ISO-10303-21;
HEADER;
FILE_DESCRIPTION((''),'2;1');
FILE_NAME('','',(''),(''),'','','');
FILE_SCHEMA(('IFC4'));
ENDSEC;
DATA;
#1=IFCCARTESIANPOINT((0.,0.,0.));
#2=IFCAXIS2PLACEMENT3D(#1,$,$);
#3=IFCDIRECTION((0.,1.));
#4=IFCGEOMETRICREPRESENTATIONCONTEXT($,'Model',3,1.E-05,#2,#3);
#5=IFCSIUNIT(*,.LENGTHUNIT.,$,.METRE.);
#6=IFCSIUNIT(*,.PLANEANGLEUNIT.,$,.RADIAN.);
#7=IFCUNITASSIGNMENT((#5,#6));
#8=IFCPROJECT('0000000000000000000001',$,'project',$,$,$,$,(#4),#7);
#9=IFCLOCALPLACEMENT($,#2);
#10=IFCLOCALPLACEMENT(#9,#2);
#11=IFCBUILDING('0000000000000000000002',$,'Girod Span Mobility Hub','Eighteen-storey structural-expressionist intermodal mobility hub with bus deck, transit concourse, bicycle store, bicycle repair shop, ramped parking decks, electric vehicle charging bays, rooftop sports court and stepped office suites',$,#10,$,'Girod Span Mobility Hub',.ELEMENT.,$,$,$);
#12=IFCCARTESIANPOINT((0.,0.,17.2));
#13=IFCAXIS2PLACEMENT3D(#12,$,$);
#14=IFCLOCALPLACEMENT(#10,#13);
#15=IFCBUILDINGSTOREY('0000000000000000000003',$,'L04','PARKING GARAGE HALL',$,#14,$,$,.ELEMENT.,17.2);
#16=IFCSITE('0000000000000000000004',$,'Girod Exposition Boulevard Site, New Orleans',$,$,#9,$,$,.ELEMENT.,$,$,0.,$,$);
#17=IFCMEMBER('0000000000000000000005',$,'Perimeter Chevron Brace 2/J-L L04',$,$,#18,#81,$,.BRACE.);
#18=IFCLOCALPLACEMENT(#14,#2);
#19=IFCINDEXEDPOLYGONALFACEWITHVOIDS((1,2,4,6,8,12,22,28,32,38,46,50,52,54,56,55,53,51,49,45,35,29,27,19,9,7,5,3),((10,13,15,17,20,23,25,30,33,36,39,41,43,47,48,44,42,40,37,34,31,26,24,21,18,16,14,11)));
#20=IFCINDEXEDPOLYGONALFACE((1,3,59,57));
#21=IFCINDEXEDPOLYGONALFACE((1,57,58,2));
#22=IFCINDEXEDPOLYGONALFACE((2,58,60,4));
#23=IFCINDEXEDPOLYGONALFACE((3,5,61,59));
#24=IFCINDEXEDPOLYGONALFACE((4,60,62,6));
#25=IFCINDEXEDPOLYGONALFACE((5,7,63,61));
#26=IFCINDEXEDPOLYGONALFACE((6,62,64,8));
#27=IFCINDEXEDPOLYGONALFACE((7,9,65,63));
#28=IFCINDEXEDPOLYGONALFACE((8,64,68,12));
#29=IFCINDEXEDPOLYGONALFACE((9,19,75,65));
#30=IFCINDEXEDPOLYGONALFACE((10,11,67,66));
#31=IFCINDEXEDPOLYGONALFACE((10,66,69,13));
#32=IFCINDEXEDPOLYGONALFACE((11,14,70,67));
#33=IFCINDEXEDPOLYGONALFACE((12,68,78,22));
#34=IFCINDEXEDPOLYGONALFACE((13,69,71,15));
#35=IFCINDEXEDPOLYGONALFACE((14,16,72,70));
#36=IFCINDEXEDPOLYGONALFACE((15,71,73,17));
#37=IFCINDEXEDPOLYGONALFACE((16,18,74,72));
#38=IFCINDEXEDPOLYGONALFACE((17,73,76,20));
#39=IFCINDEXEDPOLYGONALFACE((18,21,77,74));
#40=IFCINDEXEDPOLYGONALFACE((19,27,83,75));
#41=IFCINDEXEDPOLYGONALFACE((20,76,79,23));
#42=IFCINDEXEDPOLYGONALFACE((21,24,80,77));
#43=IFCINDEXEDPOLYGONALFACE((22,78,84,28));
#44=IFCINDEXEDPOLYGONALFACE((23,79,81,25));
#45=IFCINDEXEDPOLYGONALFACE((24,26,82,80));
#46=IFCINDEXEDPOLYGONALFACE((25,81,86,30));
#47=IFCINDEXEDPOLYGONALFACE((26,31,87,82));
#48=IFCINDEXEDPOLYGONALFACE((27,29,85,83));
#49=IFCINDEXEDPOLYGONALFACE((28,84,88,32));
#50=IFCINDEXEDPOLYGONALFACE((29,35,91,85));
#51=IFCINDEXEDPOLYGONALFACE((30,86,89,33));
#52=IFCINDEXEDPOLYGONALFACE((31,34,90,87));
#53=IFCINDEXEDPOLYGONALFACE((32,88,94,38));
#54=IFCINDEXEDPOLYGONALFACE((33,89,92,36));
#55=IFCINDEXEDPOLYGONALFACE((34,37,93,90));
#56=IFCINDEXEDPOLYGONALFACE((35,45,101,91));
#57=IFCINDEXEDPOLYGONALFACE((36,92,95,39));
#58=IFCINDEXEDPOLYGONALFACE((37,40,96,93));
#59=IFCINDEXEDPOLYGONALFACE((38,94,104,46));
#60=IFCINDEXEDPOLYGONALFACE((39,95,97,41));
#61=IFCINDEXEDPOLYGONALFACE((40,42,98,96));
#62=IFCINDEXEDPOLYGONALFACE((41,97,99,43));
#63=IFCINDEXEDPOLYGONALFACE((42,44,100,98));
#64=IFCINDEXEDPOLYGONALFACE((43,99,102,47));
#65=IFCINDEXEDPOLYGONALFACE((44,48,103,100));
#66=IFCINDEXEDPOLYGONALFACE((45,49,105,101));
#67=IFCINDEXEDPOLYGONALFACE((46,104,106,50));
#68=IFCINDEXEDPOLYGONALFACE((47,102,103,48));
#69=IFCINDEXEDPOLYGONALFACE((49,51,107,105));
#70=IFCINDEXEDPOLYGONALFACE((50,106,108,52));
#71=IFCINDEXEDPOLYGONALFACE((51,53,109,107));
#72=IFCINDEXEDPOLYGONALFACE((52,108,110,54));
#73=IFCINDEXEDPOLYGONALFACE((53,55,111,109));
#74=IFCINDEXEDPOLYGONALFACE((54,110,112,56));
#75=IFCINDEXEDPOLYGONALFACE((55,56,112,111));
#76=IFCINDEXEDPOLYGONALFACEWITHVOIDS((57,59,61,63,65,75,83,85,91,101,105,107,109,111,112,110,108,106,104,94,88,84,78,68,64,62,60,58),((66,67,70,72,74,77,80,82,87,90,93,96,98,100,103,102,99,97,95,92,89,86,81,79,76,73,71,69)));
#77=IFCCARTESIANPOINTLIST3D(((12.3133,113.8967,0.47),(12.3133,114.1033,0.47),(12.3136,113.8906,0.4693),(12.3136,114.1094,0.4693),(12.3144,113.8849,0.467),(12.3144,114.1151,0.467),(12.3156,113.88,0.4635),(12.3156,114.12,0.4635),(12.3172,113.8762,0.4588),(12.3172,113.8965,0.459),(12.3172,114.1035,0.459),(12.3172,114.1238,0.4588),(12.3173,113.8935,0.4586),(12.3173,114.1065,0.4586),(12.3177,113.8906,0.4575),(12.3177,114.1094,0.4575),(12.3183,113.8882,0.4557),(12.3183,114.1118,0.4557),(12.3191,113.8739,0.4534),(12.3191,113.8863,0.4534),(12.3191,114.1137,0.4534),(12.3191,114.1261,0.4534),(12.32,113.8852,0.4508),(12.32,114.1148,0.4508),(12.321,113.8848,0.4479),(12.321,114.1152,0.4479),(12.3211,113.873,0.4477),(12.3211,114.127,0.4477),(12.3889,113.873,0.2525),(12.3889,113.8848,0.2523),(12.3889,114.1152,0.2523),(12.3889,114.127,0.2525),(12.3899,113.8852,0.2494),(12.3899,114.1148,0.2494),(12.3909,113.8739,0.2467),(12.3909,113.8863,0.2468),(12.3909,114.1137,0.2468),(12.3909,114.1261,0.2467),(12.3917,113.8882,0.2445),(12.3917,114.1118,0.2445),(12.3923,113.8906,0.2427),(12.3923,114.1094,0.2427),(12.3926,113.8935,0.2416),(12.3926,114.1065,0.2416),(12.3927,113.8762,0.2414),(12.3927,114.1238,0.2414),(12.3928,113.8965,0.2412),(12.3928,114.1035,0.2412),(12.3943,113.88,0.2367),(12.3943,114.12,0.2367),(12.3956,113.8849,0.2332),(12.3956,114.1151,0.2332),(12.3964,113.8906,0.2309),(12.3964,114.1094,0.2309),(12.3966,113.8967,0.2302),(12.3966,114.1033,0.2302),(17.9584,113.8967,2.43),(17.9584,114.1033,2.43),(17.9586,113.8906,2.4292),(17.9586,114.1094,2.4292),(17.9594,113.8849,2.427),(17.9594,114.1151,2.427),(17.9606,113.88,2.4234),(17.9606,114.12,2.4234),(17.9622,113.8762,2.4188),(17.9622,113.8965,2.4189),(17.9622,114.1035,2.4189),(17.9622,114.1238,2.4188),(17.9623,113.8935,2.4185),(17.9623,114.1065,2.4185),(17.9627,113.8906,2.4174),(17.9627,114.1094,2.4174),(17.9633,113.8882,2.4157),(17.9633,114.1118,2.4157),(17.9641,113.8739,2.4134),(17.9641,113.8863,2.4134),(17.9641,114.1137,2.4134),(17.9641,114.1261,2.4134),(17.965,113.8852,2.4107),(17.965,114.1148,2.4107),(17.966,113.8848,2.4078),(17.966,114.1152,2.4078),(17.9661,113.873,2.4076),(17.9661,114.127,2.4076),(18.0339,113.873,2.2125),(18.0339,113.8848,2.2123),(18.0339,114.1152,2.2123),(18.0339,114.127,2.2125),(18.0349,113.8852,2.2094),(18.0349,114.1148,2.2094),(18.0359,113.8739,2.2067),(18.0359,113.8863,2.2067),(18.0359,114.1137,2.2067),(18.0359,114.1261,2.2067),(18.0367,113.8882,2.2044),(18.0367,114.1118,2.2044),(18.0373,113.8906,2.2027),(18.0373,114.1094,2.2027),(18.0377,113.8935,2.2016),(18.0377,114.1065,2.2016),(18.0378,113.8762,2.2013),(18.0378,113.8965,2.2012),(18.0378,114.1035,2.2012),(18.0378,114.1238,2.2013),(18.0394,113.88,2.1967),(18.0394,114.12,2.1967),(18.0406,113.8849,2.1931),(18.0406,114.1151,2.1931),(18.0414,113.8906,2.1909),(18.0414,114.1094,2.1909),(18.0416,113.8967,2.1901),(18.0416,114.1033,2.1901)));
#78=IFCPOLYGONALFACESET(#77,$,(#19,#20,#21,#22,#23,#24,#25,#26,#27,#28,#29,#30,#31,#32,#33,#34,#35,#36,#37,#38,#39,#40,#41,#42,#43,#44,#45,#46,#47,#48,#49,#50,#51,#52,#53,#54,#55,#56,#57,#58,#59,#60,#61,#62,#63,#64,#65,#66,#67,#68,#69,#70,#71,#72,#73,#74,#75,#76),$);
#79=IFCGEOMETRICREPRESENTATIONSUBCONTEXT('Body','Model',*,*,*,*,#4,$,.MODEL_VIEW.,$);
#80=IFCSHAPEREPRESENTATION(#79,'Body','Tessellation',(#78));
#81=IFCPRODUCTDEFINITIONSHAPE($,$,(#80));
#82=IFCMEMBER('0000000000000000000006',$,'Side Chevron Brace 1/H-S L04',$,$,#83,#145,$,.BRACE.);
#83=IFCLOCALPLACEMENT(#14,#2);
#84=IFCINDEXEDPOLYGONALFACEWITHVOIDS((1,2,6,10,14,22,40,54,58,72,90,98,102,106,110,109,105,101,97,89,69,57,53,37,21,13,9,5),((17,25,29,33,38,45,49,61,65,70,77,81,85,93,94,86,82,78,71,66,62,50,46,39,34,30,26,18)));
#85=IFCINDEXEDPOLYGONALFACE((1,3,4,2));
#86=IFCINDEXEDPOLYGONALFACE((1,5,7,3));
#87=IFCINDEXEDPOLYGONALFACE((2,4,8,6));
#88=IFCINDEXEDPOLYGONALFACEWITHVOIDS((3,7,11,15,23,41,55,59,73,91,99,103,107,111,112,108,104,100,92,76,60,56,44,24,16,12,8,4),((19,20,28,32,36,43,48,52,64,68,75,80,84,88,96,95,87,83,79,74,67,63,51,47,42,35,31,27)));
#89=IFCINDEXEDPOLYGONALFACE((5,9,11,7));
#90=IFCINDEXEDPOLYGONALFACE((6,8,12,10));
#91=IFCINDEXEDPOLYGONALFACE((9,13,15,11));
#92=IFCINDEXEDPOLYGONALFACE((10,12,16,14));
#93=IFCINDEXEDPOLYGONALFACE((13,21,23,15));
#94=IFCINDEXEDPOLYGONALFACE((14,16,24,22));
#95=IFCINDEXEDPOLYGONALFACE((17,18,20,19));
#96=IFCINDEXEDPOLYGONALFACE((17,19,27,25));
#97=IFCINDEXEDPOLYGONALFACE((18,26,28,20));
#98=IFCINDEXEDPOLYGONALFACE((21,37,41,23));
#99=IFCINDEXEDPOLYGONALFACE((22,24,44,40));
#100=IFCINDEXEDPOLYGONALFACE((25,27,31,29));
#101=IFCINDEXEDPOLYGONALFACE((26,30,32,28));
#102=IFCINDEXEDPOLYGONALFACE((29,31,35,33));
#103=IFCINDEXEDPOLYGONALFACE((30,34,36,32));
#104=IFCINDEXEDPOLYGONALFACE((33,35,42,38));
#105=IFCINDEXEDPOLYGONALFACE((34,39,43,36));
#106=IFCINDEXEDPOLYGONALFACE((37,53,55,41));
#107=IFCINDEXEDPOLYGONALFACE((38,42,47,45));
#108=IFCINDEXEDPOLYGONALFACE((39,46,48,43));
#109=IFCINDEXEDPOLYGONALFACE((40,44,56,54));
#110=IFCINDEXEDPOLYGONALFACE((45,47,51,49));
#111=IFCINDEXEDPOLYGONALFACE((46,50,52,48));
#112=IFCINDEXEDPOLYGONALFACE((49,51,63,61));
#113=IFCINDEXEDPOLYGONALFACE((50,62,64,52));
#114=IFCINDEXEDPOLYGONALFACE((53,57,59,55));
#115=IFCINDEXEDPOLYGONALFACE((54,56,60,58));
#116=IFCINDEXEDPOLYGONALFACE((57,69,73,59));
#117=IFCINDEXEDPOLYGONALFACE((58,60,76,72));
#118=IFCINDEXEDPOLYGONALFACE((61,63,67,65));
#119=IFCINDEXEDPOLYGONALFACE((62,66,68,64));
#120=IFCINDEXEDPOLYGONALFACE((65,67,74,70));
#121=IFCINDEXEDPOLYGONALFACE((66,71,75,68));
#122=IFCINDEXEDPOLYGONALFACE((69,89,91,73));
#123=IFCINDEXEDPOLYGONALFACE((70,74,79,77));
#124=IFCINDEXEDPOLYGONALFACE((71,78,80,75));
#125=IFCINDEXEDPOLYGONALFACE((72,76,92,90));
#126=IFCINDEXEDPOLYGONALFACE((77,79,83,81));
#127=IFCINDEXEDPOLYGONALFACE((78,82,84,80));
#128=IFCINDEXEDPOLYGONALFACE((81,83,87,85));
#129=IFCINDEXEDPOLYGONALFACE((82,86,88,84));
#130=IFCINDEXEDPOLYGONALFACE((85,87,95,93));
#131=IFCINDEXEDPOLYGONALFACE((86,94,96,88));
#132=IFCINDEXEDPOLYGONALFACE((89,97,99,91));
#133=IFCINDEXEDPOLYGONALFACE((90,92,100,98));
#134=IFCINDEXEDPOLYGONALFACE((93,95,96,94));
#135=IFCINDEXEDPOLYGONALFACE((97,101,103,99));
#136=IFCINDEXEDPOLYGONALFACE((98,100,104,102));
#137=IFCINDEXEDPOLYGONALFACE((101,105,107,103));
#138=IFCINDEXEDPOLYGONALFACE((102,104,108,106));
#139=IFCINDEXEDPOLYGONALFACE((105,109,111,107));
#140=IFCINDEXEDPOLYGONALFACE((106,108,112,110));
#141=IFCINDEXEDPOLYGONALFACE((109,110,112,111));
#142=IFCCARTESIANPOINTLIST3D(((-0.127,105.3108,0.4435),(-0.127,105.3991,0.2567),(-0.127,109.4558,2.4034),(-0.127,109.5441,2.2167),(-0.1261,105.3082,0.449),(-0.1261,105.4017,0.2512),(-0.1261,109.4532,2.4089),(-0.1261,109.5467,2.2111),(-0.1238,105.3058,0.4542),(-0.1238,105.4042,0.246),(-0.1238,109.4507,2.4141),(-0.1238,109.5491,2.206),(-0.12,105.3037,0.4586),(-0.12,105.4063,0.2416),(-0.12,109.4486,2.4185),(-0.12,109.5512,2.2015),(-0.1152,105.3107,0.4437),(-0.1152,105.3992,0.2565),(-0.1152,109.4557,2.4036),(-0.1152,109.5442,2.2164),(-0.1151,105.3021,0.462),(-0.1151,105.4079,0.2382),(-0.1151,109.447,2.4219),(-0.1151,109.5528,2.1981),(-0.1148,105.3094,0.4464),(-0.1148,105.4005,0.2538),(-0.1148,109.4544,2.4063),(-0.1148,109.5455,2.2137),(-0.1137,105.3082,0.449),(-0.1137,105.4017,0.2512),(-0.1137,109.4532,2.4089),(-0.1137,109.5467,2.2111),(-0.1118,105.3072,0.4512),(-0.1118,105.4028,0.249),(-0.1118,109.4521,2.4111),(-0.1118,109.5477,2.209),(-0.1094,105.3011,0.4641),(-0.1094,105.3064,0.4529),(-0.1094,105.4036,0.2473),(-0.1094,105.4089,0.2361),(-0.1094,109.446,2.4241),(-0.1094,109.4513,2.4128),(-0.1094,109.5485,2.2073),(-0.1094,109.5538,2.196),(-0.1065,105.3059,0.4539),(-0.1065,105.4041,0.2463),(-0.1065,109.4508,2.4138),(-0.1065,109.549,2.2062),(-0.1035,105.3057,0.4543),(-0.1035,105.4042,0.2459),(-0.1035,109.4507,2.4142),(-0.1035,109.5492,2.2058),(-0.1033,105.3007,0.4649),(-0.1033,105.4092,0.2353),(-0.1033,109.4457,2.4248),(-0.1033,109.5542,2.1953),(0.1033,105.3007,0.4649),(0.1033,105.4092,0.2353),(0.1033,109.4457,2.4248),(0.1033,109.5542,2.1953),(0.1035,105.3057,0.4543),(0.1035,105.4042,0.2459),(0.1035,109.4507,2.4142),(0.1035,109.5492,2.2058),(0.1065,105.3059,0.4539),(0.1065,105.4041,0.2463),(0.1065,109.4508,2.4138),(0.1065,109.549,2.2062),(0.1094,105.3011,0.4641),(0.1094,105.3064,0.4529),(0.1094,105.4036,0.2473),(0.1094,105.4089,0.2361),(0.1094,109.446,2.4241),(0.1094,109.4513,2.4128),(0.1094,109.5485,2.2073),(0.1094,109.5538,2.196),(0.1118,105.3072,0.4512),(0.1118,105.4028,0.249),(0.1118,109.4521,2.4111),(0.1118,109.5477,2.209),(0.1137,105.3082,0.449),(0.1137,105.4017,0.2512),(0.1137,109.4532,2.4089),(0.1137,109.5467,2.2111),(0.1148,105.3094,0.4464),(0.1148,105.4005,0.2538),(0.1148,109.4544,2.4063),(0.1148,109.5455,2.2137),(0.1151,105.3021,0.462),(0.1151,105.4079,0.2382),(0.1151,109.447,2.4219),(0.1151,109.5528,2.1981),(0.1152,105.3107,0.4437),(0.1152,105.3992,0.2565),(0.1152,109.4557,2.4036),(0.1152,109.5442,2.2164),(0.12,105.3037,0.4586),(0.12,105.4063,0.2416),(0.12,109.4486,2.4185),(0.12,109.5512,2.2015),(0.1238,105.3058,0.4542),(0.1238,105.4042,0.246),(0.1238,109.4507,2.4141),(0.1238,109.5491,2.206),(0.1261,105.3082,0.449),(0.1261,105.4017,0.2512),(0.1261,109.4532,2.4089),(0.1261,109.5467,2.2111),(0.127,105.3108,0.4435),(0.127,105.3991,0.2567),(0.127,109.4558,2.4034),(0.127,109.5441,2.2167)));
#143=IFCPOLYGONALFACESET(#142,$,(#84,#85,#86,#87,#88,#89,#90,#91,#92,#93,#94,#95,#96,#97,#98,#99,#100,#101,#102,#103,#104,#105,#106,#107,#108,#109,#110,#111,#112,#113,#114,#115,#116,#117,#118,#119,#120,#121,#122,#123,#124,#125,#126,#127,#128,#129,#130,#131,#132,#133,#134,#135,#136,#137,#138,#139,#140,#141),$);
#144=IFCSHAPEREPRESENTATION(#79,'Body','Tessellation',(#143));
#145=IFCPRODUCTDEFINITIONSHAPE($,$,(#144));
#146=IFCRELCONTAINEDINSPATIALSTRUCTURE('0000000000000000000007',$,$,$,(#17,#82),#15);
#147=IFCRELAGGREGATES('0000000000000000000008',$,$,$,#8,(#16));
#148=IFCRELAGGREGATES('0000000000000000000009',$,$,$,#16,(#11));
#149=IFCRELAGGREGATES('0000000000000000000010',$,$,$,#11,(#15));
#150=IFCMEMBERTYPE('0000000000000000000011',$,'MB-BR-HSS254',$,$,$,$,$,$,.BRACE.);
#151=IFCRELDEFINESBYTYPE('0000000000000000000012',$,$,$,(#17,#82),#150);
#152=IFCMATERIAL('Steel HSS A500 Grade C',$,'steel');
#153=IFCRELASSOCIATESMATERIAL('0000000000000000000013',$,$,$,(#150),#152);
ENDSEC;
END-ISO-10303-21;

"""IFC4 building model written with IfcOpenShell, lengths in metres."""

from ifc_helpers import new_model, si_unit, direction, frame, origin, origin_2d, place, context, subcontext, project, spatial, hollow_rectangle, extrude, material, material_profile, profile_set, type_object, element, save


model = new_model("IFC4")

# Units and contexts
model_context = context("Model", 3, precision=1e-05, world=origin(), true_north=direction((0.0, 1.0)))
body_context = subcontext(model_context, "Body", "Model", "MODEL_VIEW")
ifc_project = project(units=[si_unit("LENGTHUNIT", "METRE"), si_unit("PLANEANGLEUNIT", "RADIAN")], contexts=[model_context])

# Site, building, storey
site_placement = place(None, origin())
site = spatial("IfcSite", under=ifc_project, at=site_placement, Name="Girod Exposition Boulevard Site, New Orleans", CompositionType="ELEMENT", RefElevation=0.0)
building_placement = place(site_placement, origin())
building = spatial("IfcBuilding", under=site, at=building_placement, Name="Girod Span Mobility Hub", Description="Eighteen-storey structural-expressionist intermodal mobility hub with bus deck, transit concourse, bicycle store, bicycle repair shop, ramped parking decks, electric vehicle charging bays, rooftop sports court and stepped office suites", LongName="Girod Span Mobility Hub", CompositionType="ELEMENT")
storey_placement = place(building_placement, frame((0.0, 0.0, 17.2)))
storey = spatial("IfcBuildingStorey", under=building, at=storey_placement, Name="L04", Description="PARKING GARAGE HALL", CompositionType="ELEMENT", Elevation=17.2)

# Members
ifc_material_1 = material(Name="Steel HSS A500 Grade C", Category="steel")
ifc_material_profile_1 = material_profile(ifc_material_1, hollow_rectangle(XDim=0.2539, YDim=0.2539, WallThickness=0.0117, InnerFilletRadius=0.0117, OuterFilletRadius=0.0237, at=origin_2d()), Name="HSS254X254X12.7")
ifc_profile_set_1 = profile_set([ifc_material_profile_1], Name="Steel HSS A500 Grade C")
member_type = type_object("IfcMemberType", Name="MB-BR-HSS254", PredefinedType="BRACE", material=ifc_profile_set_1)
member_placement = place(storey_placement, frame((12.355, 114.0, 0.3501), z_axis=(0.94468, 0.0, 0.327994), x_axis=(0.0, 1.0, 0.0)))
element("IfcMember", 1, at=member_placement, inside=storey, type_object=member_type, Name="Perimeter Chevron Brace 2/J-L L04", PredefinedType="BRACE", context=body_context, shape_type="SweptSolid", body=[
    extrude(hollow_rectangle(XDim=0.2539, YDim=0.2539, WallThickness=0.0117, InnerFilletRadius=0.0117, OuterFilletRadius=0.0237, at=origin_2d()), origin(), (0.0, 0.0, 1.0), 5.9756),
])
for number, where, z_axis, x_axis, name in (
    (2, (0.0, 105.355, 0.3501), (0.0, 0.90403, 0.427468), (-1.0, 0.0, 0.0), "Side Chevron Brace 1/H-S L04"),
):
    element("IfcMember", number, at=place(storey_placement, frame(where, z_axis=z_axis, x_axis=x_axis)), inside=storey, type_object=member_type, Name=name, PredefinedType="BRACE", context=body_context, shape_type="SweptSolid", body=[
        extrude(hollow_rectangle(XDim=0.2539, YDim=0.2539, WallThickness=0.0117, InnerFilletRadius=0.0117, OuterFilletRadius=0.0237, at=origin_2d()), origin(), (0.0, 0.0, 1.0), 4.585),
    ])

save(model, "model.ifc")
